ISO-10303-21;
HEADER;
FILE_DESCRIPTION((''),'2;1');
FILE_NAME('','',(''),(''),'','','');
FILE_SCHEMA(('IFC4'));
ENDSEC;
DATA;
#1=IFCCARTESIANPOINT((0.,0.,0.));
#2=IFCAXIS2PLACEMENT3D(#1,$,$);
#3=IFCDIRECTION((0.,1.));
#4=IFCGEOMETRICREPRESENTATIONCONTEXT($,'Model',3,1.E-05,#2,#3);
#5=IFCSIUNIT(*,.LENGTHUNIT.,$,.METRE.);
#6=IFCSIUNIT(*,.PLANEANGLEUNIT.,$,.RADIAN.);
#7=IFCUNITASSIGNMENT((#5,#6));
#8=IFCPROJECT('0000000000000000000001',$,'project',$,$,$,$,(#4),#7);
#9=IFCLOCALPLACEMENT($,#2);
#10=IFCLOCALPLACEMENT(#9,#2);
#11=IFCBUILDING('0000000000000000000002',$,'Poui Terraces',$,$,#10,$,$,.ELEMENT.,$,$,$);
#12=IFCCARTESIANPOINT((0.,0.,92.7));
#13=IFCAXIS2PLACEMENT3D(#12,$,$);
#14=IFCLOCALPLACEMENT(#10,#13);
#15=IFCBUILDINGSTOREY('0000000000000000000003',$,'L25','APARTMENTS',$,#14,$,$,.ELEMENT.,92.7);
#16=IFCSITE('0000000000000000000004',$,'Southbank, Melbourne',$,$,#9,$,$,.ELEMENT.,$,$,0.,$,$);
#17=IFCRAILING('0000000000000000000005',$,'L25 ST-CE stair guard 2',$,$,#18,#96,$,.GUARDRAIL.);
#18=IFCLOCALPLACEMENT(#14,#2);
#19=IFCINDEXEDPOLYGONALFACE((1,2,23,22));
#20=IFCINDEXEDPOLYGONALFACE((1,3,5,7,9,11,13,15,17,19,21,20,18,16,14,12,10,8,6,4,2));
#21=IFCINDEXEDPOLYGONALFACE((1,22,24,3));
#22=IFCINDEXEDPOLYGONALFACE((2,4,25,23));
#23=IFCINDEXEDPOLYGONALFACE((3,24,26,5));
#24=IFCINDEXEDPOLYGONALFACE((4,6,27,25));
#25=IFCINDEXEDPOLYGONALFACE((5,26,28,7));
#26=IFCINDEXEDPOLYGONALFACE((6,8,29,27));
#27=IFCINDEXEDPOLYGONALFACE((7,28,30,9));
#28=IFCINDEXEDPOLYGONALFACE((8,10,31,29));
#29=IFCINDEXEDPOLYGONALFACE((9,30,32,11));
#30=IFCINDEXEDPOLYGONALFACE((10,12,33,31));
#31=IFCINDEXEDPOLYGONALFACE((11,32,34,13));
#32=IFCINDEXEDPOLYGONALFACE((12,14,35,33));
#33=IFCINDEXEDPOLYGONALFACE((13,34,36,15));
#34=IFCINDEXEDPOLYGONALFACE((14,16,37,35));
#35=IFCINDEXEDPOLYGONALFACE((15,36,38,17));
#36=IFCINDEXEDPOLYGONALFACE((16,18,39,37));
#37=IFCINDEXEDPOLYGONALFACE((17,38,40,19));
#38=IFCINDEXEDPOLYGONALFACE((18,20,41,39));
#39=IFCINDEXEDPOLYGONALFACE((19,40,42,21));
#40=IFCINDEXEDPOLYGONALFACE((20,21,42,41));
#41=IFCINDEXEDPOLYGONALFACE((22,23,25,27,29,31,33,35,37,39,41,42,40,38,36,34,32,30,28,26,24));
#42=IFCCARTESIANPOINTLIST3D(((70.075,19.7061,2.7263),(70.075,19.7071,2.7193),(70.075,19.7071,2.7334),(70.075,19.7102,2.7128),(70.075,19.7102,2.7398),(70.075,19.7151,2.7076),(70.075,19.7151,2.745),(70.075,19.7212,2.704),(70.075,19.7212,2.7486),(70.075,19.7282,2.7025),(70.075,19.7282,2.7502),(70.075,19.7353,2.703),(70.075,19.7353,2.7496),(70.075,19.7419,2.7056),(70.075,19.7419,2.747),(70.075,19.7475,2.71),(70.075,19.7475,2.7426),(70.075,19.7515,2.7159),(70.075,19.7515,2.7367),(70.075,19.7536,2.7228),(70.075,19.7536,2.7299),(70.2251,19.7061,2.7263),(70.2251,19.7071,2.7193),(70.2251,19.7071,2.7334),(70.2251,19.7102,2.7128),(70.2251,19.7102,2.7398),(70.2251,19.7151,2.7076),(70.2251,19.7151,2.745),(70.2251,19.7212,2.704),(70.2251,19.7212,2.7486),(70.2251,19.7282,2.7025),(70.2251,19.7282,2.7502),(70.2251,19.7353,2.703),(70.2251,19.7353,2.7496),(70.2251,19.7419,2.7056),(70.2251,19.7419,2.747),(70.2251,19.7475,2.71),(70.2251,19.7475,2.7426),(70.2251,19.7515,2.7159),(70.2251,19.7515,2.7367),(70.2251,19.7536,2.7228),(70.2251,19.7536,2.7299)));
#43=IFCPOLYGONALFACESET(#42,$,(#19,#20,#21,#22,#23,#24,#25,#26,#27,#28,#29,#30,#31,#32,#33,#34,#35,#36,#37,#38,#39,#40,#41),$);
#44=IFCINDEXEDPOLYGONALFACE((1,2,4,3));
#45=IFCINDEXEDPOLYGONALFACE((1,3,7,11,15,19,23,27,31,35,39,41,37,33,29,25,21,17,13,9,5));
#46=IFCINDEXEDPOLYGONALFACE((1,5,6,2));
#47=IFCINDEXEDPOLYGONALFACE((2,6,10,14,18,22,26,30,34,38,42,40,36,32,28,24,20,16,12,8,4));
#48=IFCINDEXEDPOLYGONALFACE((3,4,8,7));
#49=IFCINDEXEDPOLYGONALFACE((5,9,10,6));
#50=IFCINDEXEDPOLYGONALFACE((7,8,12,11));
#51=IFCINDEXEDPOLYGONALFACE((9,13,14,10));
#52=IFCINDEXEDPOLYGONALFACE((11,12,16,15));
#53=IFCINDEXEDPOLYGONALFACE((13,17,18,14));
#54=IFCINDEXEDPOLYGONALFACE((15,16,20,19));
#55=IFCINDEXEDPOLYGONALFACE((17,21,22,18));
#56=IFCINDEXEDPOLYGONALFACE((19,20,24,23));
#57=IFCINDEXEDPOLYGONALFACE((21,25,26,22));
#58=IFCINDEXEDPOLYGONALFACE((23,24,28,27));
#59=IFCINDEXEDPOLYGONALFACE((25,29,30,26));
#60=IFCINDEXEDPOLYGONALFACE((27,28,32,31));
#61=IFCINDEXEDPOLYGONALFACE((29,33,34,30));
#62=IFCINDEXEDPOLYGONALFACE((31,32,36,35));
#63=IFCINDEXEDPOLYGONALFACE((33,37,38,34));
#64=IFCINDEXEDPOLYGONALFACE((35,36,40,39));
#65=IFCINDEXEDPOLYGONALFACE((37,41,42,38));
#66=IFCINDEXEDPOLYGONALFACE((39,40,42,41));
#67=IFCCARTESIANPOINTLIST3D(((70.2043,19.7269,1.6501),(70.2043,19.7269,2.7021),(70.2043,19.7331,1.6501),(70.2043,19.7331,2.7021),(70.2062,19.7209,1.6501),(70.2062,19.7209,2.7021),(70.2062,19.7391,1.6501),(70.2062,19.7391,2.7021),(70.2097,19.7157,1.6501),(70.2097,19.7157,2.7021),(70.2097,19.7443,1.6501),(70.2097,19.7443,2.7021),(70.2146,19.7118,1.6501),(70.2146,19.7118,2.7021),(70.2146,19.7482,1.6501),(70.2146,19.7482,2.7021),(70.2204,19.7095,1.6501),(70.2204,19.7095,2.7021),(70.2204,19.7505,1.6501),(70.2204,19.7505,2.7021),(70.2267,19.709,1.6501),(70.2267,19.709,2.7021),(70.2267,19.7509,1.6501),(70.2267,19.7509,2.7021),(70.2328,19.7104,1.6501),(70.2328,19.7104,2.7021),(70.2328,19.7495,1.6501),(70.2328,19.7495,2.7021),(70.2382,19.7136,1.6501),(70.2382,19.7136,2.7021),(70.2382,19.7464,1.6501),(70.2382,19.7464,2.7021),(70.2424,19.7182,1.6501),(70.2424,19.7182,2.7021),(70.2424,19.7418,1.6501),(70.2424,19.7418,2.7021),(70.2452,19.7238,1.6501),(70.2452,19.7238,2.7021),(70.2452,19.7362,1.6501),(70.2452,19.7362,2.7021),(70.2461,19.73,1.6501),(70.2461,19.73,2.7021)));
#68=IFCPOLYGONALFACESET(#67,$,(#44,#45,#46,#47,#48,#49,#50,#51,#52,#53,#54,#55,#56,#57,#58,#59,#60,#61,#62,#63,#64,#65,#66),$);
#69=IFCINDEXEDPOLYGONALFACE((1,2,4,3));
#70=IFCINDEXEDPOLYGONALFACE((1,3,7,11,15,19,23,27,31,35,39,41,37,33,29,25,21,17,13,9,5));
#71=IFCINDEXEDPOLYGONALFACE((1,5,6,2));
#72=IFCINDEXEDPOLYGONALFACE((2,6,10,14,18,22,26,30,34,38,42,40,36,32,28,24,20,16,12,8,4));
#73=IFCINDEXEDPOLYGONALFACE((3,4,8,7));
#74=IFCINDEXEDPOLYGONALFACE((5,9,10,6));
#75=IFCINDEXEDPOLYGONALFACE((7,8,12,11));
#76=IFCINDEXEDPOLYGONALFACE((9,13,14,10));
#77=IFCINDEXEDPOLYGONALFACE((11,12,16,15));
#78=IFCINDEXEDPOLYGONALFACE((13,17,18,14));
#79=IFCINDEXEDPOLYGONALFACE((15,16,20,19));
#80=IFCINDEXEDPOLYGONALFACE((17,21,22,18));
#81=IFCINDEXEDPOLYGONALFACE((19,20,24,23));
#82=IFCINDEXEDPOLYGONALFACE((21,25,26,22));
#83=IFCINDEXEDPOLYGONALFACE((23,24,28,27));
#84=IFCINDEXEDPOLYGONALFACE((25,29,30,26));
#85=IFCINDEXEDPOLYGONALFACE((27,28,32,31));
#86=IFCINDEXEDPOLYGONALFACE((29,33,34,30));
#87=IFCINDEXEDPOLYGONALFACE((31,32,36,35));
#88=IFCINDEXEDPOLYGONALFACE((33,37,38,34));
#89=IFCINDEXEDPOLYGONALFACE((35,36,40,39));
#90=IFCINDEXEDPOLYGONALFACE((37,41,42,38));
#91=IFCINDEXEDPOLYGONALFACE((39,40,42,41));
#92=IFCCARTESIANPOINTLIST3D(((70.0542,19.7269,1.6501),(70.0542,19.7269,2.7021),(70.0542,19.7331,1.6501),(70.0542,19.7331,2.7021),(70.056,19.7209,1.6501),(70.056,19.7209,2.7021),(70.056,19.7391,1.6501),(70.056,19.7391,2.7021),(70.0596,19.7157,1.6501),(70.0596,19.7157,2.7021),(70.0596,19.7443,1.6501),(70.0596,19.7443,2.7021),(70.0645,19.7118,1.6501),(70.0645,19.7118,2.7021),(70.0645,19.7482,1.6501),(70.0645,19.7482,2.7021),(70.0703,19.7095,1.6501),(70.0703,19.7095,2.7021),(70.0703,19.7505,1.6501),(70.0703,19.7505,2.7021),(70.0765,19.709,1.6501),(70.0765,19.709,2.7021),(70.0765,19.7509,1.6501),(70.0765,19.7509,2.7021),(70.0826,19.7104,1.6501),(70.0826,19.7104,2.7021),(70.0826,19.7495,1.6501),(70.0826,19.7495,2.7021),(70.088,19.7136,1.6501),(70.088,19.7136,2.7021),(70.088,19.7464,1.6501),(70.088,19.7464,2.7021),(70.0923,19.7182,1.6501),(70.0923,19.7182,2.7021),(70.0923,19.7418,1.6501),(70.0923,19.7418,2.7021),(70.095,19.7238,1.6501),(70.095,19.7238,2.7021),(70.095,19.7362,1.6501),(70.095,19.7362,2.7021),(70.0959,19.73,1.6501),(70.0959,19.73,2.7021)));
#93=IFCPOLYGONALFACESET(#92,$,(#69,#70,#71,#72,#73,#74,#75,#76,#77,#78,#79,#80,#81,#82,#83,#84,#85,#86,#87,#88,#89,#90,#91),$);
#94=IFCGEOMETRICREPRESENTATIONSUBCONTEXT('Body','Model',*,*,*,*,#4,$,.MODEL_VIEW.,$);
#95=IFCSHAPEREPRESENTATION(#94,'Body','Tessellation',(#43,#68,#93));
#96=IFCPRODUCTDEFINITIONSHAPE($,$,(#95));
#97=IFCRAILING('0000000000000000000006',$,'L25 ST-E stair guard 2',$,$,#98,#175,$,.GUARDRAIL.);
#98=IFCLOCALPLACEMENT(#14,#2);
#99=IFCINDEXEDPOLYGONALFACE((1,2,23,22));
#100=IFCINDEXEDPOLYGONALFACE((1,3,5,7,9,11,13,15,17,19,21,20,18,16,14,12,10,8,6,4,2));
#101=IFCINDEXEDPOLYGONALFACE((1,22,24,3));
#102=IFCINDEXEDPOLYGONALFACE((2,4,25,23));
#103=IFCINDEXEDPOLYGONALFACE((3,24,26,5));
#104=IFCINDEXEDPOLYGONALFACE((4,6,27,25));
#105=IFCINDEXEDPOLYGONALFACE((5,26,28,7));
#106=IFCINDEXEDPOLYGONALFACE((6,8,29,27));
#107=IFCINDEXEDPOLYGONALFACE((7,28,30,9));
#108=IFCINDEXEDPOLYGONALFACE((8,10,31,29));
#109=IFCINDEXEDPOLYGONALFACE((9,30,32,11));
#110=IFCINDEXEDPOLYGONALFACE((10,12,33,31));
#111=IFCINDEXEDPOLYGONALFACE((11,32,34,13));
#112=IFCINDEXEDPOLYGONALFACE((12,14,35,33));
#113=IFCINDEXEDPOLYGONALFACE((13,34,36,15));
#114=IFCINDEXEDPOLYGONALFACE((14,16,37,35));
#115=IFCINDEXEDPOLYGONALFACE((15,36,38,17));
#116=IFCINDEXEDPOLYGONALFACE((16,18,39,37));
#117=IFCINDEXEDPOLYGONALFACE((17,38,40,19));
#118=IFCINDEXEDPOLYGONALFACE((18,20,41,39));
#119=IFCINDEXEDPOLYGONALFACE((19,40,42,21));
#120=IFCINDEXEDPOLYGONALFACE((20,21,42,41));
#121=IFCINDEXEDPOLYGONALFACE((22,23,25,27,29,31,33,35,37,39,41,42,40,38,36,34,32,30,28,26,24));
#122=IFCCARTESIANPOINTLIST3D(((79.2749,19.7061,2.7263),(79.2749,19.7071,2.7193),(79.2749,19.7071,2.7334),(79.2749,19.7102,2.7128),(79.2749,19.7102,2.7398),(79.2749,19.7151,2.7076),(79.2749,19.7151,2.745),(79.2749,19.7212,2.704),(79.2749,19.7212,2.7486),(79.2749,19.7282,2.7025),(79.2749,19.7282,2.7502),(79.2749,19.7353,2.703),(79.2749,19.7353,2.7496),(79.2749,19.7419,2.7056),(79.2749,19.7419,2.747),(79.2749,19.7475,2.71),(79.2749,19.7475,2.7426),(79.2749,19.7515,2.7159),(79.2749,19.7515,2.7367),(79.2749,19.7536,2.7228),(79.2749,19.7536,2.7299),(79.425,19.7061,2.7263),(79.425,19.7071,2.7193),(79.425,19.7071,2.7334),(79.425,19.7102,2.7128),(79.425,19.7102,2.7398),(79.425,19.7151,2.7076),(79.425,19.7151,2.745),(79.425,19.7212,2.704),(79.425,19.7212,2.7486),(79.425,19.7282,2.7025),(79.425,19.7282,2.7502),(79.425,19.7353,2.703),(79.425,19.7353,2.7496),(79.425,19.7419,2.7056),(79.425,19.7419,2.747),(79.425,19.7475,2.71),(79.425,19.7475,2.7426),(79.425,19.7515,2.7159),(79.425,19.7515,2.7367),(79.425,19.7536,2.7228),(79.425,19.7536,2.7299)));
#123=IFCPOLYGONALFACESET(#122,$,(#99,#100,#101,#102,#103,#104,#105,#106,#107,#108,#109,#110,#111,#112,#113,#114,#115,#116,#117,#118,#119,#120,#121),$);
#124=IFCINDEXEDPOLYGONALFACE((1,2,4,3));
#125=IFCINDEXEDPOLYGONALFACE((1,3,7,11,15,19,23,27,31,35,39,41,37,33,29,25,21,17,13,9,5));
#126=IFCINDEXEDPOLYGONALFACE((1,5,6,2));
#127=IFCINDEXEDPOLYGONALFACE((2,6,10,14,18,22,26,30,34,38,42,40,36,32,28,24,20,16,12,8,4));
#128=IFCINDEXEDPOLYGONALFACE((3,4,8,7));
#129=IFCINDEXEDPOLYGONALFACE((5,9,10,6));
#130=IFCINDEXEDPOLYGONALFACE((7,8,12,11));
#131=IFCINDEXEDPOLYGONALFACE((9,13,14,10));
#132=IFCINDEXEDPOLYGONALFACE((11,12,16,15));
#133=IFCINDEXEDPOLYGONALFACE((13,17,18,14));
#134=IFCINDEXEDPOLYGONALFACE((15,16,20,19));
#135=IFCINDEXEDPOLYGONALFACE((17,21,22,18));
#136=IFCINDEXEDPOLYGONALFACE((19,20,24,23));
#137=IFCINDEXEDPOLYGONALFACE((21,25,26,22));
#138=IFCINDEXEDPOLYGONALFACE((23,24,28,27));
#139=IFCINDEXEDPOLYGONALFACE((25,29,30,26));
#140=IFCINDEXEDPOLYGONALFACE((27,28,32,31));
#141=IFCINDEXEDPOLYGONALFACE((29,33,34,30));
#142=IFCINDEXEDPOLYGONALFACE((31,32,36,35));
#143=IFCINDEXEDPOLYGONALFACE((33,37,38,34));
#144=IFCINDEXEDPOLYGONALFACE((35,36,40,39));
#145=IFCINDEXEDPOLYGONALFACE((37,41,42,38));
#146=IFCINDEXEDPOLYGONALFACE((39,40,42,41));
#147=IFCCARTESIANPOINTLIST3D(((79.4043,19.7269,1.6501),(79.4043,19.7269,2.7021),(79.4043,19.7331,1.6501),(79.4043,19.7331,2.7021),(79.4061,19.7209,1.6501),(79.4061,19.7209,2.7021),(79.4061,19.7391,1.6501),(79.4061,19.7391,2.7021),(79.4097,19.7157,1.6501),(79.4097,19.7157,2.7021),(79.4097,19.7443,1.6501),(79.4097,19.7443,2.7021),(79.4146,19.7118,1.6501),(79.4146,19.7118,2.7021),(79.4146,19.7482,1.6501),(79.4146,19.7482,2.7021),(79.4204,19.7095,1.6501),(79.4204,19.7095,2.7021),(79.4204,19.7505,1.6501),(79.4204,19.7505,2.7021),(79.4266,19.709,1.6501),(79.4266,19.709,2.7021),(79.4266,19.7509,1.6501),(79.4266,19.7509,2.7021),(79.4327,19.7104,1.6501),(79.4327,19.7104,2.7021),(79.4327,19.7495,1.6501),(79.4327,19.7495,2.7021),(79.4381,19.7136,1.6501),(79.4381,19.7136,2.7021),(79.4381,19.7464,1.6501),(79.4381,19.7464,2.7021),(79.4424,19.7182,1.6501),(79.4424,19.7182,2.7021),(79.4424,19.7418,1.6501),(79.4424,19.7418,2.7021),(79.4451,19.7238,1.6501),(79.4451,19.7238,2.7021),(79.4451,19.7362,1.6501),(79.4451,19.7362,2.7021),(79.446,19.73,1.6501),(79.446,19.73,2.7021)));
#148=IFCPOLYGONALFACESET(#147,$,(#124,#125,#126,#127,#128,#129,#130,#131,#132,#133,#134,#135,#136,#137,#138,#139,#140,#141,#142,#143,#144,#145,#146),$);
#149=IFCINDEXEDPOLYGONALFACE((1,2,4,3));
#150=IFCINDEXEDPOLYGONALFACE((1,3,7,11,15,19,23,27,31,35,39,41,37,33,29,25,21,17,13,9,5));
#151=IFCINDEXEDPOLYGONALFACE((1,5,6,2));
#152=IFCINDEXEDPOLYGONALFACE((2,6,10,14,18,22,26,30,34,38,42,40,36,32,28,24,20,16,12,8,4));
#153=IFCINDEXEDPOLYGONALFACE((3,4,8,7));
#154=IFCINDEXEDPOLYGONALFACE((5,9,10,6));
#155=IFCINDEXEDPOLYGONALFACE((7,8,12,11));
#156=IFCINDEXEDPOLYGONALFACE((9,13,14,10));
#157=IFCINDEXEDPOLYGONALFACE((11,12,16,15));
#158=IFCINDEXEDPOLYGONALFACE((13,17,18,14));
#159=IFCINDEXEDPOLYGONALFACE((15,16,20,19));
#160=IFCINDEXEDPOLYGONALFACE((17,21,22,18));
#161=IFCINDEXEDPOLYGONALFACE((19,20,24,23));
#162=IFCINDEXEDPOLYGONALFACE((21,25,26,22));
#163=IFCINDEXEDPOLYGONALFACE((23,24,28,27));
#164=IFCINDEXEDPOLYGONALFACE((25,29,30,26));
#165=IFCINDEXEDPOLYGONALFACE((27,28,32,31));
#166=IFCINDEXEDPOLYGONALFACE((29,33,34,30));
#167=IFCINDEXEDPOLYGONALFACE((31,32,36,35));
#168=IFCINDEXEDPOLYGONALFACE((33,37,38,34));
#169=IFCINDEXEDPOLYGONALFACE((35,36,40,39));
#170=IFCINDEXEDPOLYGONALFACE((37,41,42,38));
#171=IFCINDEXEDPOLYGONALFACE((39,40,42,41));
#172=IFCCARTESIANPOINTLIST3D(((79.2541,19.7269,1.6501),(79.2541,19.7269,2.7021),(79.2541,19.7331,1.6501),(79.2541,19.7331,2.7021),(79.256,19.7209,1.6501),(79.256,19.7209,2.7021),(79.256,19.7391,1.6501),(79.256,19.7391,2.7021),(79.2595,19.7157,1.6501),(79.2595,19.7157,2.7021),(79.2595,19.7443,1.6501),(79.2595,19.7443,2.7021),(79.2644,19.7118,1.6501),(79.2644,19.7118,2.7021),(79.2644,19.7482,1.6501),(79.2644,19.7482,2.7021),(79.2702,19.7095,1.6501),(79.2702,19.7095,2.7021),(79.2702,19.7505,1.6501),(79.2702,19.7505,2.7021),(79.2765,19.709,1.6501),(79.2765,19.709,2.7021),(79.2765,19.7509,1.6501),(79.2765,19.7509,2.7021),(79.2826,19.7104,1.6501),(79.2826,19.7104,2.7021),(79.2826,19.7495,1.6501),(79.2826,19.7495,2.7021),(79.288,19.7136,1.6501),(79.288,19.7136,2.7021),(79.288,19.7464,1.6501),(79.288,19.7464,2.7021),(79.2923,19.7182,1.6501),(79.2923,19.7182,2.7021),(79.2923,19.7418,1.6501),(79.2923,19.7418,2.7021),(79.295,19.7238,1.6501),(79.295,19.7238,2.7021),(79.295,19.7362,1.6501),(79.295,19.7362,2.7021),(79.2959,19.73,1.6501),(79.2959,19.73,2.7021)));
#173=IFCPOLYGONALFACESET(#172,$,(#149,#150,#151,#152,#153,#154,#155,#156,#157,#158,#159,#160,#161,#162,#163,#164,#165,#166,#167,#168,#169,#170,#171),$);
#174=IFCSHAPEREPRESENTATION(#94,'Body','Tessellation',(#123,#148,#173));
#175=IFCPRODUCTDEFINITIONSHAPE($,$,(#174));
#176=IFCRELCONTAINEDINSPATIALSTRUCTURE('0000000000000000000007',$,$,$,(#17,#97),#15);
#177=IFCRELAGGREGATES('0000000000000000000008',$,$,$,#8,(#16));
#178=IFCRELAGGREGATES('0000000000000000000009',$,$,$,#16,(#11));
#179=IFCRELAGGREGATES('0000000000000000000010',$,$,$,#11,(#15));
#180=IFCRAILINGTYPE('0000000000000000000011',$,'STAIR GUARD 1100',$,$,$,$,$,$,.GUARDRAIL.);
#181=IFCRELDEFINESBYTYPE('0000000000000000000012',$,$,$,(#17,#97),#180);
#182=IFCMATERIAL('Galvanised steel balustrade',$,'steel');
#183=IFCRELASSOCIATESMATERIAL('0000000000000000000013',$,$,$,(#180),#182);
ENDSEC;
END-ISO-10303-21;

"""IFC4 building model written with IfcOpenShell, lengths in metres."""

from ifc_helpers import new_model, si_unit, direction, frame, origin, origin_2d, place, context, subcontext, project, spatial, circle, extrude, material, type_object, element, save


model = new_model("IFC4")

# Units and contexts
model_context = context("Model", 3, precision=1e-05, world=origin(), true_north=direction((0.0, 1.0)))
body_context = subcontext(model_context, "Body", "Model", "MODEL_VIEW")
ifc_project = project(units=[si_unit("LENGTHUNIT", "METRE"), si_unit("PLANEANGLEUNIT", "RADIAN")], contexts=[model_context])

# Site, building, storey
site_placement = place(None, origin())
site = spatial("IfcSite", under=ifc_project, at=site_placement, Name="Southbank, Melbourne", CompositionType="ELEMENT", RefElevation=0.0)
building_placement = place(site_placement, origin())
building = spatial("IfcBuilding", under=site, at=building_placement, Name="Poui Terraces", CompositionType="ELEMENT")
storey_placement = place(building_placement, frame((0.0, 0.0, 92.7)))
storey = spatial("IfcBuildingStorey", under=building, at=storey_placement, Name="L25", Description="APARTMENTS", CompositionType="ELEMENT", Elevation=92.7)

# Railings
ifc_material_1 = material(Name="Galvanised steel balustrade", Category="steel")
railing_type_1 = type_object("IfcRailingType", Name="STAIR GUARD 1100", PredefinedType="GUARDRAIL", material=ifc_material_1)
for number, where, name in (
    (1, (70.2251, 19.73, 1.6501), "L25 ST-CE stair guard 2"),
    (2, (79.425, 19.73, 1.6501), "L25 ST-E stair guard 2"),
):
    element("IfcRailing", number, at=place(storey_placement, frame(where)), inside=storey, type_object=railing_type_1, Name=name, PredefinedType="GUARDRAIL", context=body_context, shape_type="SweptSolid", body=[
        extrude(circle(Radius=0.0239, at=origin_2d()), frame((0.0, 0.0, 1.0762), z_axis=(-1.0, 0.0, 0.0), x_axis=(0.0, -1.0, 0.0)), (0.0, 0.0, 1.0), 0.1501),
        extrude(circle(Radius=0.021, at=origin_2d()), origin(), (0.0, 0.0, 1.0), 1.052),
        extrude(circle(Radius=0.021, at=origin_2d()), frame((-0.1501, 0.0, 0.0)), (0.0, 0.0, 1.0), 1.052),
    ])

save(model, "model.ifc")
